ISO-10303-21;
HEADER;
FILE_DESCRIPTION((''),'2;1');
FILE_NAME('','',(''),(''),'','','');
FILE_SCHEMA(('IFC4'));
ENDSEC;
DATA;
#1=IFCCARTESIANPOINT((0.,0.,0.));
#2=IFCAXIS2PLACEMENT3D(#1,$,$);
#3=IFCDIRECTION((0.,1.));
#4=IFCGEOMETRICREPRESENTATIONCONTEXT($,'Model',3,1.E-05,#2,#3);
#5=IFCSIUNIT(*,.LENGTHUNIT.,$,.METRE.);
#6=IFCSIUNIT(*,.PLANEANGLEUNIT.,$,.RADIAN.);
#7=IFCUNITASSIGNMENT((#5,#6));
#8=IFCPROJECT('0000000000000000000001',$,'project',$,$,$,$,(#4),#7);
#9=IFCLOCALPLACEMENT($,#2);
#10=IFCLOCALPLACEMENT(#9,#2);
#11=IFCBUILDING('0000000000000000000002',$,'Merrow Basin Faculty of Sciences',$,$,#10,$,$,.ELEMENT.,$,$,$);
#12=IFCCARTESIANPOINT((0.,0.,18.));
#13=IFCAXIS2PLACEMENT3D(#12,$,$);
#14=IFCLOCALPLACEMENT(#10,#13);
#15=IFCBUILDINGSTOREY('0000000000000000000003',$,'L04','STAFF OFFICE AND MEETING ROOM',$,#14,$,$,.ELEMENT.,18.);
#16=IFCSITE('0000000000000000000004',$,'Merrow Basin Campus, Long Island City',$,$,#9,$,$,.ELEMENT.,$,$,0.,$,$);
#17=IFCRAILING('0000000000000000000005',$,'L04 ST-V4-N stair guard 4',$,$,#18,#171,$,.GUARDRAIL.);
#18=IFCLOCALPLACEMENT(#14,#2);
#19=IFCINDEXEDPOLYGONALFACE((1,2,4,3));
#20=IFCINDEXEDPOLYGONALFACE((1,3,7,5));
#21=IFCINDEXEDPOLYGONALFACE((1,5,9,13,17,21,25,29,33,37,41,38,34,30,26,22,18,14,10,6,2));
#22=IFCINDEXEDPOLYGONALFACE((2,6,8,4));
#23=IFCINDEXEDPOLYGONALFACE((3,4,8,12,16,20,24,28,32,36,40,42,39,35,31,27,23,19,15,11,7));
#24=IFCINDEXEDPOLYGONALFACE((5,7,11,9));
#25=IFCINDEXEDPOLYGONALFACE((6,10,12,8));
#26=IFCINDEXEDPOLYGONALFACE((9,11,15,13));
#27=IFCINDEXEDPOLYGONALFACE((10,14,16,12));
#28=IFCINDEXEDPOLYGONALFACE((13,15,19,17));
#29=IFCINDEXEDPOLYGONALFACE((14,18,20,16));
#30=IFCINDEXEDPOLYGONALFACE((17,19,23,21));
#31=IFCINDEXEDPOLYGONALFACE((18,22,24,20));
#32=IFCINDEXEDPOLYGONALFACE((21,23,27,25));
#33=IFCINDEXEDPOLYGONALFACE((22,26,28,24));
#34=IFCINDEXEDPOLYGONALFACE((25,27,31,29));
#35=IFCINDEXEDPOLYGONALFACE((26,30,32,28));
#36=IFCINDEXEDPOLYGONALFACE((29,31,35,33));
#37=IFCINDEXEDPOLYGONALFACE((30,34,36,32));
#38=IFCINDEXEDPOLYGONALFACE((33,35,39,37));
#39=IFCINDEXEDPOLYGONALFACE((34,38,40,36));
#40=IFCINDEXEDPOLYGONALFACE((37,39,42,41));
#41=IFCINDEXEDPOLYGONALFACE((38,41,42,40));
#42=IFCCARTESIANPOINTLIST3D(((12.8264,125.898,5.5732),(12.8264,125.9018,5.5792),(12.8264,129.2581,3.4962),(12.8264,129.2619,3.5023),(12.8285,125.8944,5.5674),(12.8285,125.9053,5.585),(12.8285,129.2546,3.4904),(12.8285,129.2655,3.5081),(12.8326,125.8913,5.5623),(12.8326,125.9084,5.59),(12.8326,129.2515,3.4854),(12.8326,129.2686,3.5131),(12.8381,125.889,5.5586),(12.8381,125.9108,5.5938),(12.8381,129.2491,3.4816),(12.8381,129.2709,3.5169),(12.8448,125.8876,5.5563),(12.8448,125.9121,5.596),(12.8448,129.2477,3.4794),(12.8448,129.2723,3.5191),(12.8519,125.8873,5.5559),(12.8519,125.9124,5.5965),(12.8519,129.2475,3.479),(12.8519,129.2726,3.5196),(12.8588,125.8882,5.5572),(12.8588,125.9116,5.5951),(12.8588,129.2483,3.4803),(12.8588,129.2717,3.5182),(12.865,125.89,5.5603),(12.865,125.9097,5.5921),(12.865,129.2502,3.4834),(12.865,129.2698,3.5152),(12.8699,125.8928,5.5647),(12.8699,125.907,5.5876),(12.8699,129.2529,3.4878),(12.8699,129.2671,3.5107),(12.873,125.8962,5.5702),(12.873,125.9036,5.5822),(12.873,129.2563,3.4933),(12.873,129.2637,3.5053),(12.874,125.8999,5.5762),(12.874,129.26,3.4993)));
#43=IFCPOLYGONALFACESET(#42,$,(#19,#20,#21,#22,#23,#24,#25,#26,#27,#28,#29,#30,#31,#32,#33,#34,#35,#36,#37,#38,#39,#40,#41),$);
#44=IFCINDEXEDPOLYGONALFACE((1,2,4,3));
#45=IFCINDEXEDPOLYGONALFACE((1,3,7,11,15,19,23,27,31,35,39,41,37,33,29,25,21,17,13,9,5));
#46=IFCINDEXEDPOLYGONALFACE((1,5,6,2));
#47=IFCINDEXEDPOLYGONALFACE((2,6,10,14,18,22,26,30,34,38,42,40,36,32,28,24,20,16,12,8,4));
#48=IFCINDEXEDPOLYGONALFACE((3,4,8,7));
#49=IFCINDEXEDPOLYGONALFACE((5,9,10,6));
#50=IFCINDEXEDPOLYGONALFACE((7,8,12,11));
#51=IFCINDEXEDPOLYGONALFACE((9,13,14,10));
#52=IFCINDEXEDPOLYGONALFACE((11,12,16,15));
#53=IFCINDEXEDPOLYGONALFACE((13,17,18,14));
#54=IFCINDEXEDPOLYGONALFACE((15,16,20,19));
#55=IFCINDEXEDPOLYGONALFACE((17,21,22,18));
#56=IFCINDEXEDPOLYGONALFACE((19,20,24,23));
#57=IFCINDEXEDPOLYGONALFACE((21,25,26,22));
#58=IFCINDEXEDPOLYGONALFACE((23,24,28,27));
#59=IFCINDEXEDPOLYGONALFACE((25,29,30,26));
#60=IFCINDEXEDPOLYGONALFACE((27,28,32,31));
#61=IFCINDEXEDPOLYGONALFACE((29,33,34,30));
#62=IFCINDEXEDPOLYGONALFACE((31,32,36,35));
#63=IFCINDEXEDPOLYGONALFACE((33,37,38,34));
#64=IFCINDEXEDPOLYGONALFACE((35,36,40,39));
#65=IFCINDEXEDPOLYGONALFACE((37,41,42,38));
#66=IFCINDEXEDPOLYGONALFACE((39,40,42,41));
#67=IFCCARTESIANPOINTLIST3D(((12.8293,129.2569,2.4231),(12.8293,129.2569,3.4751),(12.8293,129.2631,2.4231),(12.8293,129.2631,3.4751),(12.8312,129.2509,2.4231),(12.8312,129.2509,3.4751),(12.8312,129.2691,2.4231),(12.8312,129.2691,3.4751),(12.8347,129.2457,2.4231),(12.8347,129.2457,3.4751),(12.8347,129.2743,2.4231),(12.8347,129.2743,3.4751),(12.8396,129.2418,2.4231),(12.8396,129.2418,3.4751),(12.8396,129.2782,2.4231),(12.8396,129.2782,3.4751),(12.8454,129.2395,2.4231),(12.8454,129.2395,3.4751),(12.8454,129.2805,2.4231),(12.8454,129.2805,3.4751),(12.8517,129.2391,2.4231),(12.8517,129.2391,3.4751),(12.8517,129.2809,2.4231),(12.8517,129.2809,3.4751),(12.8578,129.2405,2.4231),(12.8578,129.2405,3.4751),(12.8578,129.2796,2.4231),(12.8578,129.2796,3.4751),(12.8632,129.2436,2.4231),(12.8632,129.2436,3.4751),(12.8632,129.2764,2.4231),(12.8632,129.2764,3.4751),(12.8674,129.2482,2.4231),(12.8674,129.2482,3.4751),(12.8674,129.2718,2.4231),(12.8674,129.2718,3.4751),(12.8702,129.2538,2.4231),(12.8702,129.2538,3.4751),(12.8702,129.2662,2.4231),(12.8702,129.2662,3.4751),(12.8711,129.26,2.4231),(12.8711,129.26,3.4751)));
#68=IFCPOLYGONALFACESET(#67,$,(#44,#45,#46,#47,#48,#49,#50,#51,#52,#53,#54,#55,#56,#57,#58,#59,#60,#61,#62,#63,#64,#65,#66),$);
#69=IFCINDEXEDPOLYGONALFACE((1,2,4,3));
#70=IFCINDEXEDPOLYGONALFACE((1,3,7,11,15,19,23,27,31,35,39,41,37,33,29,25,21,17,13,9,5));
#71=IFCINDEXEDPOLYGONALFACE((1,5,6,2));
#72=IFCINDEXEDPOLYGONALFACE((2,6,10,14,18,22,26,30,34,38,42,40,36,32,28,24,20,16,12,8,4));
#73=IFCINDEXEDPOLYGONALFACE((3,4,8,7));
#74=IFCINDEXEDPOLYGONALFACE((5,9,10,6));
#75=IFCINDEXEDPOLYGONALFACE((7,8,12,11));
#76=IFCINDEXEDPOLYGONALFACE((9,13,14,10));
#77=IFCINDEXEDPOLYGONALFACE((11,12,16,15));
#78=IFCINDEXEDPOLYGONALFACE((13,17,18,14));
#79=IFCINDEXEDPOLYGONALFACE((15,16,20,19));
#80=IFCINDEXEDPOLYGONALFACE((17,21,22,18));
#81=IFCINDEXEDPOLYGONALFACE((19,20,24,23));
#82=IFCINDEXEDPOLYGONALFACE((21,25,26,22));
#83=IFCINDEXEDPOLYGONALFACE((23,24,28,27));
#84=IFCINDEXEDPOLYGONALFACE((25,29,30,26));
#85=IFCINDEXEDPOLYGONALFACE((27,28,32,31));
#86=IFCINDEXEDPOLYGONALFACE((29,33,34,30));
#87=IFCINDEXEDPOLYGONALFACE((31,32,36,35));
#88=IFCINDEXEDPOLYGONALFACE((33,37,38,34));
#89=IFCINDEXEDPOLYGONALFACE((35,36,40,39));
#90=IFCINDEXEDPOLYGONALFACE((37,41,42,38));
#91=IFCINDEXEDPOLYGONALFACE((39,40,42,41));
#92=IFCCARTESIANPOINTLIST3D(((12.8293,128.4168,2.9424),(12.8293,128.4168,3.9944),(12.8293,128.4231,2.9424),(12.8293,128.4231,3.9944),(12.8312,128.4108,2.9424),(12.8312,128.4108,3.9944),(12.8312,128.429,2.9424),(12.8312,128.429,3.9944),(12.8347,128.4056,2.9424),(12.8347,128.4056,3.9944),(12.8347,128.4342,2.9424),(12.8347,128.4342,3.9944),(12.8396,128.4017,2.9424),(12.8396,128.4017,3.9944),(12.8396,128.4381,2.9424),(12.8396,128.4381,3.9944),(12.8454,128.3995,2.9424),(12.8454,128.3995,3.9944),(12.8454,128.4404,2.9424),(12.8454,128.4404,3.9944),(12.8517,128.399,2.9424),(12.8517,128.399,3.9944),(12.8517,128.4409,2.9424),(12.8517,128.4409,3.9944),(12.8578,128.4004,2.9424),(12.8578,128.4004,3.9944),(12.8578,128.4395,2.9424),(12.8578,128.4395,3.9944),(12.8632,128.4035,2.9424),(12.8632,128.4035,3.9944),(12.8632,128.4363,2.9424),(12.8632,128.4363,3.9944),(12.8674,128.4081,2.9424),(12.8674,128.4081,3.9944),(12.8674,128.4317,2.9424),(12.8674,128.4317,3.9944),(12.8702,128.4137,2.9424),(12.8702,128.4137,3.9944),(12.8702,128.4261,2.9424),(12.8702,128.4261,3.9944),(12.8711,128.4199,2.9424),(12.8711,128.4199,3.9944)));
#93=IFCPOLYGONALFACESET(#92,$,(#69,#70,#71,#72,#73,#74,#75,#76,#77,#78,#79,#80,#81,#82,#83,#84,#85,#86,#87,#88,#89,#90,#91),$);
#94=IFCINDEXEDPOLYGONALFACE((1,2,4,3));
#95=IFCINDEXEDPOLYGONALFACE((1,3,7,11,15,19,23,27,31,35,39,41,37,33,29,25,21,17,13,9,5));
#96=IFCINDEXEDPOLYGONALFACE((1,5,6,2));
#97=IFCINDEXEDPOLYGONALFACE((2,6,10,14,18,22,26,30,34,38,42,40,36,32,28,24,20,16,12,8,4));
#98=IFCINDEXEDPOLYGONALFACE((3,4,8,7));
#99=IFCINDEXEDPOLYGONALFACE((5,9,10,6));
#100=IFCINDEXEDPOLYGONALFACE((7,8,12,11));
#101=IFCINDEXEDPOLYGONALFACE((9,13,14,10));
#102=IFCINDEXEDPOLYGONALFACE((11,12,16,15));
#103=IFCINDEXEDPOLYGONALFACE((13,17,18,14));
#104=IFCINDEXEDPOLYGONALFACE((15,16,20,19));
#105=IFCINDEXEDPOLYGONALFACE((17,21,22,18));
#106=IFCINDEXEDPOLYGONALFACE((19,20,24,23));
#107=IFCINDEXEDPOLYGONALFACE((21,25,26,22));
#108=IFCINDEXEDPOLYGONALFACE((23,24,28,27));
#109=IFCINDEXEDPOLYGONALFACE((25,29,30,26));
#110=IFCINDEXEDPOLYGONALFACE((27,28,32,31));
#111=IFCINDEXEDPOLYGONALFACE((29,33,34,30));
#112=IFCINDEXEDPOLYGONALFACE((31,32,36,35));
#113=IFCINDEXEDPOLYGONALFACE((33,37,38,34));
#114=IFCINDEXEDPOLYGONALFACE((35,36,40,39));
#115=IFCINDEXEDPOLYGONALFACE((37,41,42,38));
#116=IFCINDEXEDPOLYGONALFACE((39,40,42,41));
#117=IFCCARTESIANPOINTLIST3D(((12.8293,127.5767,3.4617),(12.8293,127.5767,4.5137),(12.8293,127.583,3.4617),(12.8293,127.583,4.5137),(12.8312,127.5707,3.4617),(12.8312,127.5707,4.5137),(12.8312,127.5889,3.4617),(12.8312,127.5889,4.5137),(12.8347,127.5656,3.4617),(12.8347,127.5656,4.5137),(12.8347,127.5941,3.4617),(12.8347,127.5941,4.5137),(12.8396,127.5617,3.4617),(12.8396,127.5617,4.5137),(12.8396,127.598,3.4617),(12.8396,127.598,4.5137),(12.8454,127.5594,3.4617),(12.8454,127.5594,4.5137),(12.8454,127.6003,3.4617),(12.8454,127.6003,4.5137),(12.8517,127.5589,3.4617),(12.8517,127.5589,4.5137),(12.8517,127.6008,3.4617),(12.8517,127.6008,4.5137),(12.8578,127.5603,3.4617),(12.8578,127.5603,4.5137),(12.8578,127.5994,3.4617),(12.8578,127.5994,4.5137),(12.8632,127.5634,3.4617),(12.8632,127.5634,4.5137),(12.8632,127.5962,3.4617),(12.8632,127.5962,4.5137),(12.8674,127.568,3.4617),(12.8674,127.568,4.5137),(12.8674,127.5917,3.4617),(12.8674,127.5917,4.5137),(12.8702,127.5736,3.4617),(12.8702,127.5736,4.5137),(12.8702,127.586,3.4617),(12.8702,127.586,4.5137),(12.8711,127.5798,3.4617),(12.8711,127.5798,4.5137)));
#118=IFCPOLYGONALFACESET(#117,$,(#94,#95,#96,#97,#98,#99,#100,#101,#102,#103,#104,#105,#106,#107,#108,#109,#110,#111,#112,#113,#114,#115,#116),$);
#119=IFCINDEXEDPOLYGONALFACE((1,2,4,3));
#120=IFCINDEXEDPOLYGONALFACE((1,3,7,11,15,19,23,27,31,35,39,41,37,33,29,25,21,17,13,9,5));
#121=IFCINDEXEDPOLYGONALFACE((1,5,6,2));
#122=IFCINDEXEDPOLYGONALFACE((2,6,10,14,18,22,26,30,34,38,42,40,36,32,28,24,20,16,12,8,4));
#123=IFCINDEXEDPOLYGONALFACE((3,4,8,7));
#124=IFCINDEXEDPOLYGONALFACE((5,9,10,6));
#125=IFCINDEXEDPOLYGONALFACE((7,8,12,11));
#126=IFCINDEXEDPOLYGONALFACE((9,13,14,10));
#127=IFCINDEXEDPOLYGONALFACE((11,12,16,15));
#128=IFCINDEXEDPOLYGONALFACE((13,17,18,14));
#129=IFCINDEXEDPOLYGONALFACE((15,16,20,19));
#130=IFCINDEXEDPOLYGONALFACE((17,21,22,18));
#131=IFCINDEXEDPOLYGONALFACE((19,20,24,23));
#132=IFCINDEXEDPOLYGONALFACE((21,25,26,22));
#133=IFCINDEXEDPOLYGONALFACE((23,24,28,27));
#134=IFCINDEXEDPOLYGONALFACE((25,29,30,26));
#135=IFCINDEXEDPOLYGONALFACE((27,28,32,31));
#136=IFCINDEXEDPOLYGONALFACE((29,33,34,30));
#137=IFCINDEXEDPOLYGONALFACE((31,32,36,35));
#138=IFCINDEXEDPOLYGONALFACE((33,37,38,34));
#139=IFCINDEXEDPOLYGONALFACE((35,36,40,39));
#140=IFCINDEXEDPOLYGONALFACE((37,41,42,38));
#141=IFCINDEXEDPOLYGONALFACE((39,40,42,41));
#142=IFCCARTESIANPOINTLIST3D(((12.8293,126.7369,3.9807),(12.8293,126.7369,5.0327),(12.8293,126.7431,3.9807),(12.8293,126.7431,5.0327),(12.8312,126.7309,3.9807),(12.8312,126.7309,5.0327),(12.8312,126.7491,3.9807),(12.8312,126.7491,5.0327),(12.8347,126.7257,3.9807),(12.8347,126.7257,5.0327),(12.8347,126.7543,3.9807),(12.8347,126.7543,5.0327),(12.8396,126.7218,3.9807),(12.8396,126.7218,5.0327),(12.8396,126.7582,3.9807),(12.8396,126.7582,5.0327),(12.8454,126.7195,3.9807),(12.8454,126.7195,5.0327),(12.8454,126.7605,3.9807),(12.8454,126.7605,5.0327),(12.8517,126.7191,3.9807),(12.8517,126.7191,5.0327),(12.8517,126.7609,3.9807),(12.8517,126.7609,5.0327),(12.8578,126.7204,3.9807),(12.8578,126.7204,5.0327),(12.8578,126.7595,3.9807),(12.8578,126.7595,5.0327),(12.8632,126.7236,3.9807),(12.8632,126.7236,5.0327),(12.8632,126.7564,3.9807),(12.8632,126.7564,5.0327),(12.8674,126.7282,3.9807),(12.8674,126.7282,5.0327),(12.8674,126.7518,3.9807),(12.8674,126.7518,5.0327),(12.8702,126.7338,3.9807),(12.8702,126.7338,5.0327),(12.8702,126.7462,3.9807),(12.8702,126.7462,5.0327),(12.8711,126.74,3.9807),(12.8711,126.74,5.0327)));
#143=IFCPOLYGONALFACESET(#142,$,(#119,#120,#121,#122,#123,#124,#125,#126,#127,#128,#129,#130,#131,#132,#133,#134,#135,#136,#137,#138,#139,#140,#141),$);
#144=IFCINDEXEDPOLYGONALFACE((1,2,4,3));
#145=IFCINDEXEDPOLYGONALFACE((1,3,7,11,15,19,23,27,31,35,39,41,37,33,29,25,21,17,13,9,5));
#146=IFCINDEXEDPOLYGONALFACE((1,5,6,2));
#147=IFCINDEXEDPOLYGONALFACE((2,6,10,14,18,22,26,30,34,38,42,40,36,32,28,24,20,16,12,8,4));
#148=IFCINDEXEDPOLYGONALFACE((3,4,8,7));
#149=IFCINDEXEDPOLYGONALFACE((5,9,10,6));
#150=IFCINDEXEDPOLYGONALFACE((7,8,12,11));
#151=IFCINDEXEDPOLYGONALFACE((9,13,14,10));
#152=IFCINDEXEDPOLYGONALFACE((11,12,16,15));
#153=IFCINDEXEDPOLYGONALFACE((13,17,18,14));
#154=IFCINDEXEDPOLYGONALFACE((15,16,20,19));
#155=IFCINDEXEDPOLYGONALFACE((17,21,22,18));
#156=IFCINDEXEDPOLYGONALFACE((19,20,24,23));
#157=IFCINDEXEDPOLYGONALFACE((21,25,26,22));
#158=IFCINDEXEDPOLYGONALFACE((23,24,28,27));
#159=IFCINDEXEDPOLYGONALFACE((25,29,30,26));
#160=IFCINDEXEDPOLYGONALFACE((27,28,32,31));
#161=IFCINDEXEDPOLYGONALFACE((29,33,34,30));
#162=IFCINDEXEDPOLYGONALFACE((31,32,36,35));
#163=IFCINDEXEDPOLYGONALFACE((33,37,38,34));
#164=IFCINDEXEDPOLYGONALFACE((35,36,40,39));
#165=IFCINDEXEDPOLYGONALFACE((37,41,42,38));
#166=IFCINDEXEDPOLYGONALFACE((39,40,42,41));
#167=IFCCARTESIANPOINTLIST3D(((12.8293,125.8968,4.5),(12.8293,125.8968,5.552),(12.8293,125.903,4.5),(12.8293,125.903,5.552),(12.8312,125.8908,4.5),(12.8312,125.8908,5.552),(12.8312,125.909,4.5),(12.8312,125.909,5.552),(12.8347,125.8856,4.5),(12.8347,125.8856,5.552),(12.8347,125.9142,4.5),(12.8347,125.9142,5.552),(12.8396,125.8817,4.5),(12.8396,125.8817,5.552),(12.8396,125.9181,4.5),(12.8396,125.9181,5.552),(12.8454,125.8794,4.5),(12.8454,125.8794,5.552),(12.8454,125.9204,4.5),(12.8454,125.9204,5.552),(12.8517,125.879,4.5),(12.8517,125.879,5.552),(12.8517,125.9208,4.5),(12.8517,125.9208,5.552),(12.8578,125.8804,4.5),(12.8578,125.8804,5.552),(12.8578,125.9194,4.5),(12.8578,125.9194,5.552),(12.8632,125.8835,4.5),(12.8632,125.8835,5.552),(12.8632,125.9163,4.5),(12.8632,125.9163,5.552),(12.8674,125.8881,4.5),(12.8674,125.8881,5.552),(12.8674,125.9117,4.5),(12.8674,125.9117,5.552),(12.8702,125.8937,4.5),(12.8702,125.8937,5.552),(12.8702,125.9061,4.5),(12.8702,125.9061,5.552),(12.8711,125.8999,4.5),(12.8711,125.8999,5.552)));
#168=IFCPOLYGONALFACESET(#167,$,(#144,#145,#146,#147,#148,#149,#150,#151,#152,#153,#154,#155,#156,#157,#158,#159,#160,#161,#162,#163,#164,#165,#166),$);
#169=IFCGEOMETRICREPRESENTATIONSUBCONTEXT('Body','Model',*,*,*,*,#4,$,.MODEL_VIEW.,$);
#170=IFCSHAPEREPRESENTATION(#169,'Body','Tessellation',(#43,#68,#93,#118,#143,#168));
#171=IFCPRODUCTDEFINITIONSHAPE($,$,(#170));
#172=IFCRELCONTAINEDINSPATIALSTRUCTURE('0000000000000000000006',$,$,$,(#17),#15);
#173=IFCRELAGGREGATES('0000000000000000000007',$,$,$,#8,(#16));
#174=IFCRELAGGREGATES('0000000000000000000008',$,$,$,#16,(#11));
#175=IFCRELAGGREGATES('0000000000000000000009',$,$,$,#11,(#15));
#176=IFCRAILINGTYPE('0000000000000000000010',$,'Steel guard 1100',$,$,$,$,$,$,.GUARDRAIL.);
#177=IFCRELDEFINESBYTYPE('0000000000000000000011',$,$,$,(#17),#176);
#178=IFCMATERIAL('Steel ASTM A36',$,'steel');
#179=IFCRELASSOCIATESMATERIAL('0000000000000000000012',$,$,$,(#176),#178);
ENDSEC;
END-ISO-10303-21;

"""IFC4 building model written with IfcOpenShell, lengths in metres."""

from ifc_helpers import new_model, si_unit, direction, frame, origin, origin_2d, place, context, subcontext, project, spatial, circle, extrude, material, type_object, element, save


model = new_model("IFC4")

# Units and contexts
model_context = context("Model", 3, precision=1e-05, world=origin(), true_north=direction((0.0, 1.0)))
body_context = subcontext(model_context, "Body", "Model", "MODEL_VIEW")
ifc_project = project(units=[si_unit("LENGTHUNIT", "METRE"), si_unit("PLANEANGLEUNIT", "RADIAN")], contexts=[model_context])

# Site, building, storey
site_placement = place(None, origin())
site = spatial("IfcSite", under=ifc_project, at=site_placement, Name="Merrow Basin Campus, Long Island City", CompositionType="ELEMENT", RefElevation=0.0)
building_placement = place(site_placement, origin())
building = spatial("IfcBuilding", under=site, at=building_placement, Name="Merrow Basin Faculty of Sciences", CompositionType="ELEMENT")
storey_placement = place(building_placement, frame((0.0, 0.0, 18.0)))
storey = spatial("IfcBuildingStorey", under=building, at=storey_placement, Name="L04", Description="STAFF OFFICE AND MEETING ROOM", CompositionType="ELEMENT", Elevation=18.0)

# Railing
ifc_material_1 = material(Name="Steel ASTM A36", Category="steel")
railing_type_1 = type_object("IfcRailingType", Name="Steel guard 1100", PredefinedType="GUARDRAIL", material=ifc_material_1)
railing_1_placement = place(storey_placement, frame((12.8501, 129.26, 2.4231)))
element("IfcRailing", 1, at=railing_1_placement, inside=storey, type_object=railing_type_1, Name="L04 ST-V4-N stair guard 4", PredefinedType="GUARDRAIL", context=body_context, shape_type="SweptSolid", body=[
    extrude(circle(Radius=0.0239, at=origin_2d()), frame((0.0, 0.0, 1.0762), z_axis=(0.0, -0.850623, 0.525776), x_axis=(1.0, 0.0, 0.0)), (0.0, 0.0, 1.0), 3.9502),
    extrude(circle(Radius=0.021, at=origin_2d()), origin(), (0.0, 0.0, 1.0), 1.052),
    extrude(circle(Radius=0.021, at=origin_2d()), frame((0.0, -0.8401, 0.5193)), (0.0, 0.0, 1.0), 1.052),
    extrude(circle(Radius=0.021, at=origin_2d()), frame((0.0, -1.6802, 1.0386)), (0.0, 0.0, 1.0), 1.052),
    extrude(circle(Radius=0.021, at=origin_2d()), frame((0.0, -2.52, 1.5576)), (0.0, 0.0, 1.0), 1.052),
    extrude(circle(Radius=0.021, at=origin_2d()), frame((0.0, -3.3601, 2.0769)), (0.0, 0.0, 1.0), 1.052),
])

save(model, "model.ifc")
